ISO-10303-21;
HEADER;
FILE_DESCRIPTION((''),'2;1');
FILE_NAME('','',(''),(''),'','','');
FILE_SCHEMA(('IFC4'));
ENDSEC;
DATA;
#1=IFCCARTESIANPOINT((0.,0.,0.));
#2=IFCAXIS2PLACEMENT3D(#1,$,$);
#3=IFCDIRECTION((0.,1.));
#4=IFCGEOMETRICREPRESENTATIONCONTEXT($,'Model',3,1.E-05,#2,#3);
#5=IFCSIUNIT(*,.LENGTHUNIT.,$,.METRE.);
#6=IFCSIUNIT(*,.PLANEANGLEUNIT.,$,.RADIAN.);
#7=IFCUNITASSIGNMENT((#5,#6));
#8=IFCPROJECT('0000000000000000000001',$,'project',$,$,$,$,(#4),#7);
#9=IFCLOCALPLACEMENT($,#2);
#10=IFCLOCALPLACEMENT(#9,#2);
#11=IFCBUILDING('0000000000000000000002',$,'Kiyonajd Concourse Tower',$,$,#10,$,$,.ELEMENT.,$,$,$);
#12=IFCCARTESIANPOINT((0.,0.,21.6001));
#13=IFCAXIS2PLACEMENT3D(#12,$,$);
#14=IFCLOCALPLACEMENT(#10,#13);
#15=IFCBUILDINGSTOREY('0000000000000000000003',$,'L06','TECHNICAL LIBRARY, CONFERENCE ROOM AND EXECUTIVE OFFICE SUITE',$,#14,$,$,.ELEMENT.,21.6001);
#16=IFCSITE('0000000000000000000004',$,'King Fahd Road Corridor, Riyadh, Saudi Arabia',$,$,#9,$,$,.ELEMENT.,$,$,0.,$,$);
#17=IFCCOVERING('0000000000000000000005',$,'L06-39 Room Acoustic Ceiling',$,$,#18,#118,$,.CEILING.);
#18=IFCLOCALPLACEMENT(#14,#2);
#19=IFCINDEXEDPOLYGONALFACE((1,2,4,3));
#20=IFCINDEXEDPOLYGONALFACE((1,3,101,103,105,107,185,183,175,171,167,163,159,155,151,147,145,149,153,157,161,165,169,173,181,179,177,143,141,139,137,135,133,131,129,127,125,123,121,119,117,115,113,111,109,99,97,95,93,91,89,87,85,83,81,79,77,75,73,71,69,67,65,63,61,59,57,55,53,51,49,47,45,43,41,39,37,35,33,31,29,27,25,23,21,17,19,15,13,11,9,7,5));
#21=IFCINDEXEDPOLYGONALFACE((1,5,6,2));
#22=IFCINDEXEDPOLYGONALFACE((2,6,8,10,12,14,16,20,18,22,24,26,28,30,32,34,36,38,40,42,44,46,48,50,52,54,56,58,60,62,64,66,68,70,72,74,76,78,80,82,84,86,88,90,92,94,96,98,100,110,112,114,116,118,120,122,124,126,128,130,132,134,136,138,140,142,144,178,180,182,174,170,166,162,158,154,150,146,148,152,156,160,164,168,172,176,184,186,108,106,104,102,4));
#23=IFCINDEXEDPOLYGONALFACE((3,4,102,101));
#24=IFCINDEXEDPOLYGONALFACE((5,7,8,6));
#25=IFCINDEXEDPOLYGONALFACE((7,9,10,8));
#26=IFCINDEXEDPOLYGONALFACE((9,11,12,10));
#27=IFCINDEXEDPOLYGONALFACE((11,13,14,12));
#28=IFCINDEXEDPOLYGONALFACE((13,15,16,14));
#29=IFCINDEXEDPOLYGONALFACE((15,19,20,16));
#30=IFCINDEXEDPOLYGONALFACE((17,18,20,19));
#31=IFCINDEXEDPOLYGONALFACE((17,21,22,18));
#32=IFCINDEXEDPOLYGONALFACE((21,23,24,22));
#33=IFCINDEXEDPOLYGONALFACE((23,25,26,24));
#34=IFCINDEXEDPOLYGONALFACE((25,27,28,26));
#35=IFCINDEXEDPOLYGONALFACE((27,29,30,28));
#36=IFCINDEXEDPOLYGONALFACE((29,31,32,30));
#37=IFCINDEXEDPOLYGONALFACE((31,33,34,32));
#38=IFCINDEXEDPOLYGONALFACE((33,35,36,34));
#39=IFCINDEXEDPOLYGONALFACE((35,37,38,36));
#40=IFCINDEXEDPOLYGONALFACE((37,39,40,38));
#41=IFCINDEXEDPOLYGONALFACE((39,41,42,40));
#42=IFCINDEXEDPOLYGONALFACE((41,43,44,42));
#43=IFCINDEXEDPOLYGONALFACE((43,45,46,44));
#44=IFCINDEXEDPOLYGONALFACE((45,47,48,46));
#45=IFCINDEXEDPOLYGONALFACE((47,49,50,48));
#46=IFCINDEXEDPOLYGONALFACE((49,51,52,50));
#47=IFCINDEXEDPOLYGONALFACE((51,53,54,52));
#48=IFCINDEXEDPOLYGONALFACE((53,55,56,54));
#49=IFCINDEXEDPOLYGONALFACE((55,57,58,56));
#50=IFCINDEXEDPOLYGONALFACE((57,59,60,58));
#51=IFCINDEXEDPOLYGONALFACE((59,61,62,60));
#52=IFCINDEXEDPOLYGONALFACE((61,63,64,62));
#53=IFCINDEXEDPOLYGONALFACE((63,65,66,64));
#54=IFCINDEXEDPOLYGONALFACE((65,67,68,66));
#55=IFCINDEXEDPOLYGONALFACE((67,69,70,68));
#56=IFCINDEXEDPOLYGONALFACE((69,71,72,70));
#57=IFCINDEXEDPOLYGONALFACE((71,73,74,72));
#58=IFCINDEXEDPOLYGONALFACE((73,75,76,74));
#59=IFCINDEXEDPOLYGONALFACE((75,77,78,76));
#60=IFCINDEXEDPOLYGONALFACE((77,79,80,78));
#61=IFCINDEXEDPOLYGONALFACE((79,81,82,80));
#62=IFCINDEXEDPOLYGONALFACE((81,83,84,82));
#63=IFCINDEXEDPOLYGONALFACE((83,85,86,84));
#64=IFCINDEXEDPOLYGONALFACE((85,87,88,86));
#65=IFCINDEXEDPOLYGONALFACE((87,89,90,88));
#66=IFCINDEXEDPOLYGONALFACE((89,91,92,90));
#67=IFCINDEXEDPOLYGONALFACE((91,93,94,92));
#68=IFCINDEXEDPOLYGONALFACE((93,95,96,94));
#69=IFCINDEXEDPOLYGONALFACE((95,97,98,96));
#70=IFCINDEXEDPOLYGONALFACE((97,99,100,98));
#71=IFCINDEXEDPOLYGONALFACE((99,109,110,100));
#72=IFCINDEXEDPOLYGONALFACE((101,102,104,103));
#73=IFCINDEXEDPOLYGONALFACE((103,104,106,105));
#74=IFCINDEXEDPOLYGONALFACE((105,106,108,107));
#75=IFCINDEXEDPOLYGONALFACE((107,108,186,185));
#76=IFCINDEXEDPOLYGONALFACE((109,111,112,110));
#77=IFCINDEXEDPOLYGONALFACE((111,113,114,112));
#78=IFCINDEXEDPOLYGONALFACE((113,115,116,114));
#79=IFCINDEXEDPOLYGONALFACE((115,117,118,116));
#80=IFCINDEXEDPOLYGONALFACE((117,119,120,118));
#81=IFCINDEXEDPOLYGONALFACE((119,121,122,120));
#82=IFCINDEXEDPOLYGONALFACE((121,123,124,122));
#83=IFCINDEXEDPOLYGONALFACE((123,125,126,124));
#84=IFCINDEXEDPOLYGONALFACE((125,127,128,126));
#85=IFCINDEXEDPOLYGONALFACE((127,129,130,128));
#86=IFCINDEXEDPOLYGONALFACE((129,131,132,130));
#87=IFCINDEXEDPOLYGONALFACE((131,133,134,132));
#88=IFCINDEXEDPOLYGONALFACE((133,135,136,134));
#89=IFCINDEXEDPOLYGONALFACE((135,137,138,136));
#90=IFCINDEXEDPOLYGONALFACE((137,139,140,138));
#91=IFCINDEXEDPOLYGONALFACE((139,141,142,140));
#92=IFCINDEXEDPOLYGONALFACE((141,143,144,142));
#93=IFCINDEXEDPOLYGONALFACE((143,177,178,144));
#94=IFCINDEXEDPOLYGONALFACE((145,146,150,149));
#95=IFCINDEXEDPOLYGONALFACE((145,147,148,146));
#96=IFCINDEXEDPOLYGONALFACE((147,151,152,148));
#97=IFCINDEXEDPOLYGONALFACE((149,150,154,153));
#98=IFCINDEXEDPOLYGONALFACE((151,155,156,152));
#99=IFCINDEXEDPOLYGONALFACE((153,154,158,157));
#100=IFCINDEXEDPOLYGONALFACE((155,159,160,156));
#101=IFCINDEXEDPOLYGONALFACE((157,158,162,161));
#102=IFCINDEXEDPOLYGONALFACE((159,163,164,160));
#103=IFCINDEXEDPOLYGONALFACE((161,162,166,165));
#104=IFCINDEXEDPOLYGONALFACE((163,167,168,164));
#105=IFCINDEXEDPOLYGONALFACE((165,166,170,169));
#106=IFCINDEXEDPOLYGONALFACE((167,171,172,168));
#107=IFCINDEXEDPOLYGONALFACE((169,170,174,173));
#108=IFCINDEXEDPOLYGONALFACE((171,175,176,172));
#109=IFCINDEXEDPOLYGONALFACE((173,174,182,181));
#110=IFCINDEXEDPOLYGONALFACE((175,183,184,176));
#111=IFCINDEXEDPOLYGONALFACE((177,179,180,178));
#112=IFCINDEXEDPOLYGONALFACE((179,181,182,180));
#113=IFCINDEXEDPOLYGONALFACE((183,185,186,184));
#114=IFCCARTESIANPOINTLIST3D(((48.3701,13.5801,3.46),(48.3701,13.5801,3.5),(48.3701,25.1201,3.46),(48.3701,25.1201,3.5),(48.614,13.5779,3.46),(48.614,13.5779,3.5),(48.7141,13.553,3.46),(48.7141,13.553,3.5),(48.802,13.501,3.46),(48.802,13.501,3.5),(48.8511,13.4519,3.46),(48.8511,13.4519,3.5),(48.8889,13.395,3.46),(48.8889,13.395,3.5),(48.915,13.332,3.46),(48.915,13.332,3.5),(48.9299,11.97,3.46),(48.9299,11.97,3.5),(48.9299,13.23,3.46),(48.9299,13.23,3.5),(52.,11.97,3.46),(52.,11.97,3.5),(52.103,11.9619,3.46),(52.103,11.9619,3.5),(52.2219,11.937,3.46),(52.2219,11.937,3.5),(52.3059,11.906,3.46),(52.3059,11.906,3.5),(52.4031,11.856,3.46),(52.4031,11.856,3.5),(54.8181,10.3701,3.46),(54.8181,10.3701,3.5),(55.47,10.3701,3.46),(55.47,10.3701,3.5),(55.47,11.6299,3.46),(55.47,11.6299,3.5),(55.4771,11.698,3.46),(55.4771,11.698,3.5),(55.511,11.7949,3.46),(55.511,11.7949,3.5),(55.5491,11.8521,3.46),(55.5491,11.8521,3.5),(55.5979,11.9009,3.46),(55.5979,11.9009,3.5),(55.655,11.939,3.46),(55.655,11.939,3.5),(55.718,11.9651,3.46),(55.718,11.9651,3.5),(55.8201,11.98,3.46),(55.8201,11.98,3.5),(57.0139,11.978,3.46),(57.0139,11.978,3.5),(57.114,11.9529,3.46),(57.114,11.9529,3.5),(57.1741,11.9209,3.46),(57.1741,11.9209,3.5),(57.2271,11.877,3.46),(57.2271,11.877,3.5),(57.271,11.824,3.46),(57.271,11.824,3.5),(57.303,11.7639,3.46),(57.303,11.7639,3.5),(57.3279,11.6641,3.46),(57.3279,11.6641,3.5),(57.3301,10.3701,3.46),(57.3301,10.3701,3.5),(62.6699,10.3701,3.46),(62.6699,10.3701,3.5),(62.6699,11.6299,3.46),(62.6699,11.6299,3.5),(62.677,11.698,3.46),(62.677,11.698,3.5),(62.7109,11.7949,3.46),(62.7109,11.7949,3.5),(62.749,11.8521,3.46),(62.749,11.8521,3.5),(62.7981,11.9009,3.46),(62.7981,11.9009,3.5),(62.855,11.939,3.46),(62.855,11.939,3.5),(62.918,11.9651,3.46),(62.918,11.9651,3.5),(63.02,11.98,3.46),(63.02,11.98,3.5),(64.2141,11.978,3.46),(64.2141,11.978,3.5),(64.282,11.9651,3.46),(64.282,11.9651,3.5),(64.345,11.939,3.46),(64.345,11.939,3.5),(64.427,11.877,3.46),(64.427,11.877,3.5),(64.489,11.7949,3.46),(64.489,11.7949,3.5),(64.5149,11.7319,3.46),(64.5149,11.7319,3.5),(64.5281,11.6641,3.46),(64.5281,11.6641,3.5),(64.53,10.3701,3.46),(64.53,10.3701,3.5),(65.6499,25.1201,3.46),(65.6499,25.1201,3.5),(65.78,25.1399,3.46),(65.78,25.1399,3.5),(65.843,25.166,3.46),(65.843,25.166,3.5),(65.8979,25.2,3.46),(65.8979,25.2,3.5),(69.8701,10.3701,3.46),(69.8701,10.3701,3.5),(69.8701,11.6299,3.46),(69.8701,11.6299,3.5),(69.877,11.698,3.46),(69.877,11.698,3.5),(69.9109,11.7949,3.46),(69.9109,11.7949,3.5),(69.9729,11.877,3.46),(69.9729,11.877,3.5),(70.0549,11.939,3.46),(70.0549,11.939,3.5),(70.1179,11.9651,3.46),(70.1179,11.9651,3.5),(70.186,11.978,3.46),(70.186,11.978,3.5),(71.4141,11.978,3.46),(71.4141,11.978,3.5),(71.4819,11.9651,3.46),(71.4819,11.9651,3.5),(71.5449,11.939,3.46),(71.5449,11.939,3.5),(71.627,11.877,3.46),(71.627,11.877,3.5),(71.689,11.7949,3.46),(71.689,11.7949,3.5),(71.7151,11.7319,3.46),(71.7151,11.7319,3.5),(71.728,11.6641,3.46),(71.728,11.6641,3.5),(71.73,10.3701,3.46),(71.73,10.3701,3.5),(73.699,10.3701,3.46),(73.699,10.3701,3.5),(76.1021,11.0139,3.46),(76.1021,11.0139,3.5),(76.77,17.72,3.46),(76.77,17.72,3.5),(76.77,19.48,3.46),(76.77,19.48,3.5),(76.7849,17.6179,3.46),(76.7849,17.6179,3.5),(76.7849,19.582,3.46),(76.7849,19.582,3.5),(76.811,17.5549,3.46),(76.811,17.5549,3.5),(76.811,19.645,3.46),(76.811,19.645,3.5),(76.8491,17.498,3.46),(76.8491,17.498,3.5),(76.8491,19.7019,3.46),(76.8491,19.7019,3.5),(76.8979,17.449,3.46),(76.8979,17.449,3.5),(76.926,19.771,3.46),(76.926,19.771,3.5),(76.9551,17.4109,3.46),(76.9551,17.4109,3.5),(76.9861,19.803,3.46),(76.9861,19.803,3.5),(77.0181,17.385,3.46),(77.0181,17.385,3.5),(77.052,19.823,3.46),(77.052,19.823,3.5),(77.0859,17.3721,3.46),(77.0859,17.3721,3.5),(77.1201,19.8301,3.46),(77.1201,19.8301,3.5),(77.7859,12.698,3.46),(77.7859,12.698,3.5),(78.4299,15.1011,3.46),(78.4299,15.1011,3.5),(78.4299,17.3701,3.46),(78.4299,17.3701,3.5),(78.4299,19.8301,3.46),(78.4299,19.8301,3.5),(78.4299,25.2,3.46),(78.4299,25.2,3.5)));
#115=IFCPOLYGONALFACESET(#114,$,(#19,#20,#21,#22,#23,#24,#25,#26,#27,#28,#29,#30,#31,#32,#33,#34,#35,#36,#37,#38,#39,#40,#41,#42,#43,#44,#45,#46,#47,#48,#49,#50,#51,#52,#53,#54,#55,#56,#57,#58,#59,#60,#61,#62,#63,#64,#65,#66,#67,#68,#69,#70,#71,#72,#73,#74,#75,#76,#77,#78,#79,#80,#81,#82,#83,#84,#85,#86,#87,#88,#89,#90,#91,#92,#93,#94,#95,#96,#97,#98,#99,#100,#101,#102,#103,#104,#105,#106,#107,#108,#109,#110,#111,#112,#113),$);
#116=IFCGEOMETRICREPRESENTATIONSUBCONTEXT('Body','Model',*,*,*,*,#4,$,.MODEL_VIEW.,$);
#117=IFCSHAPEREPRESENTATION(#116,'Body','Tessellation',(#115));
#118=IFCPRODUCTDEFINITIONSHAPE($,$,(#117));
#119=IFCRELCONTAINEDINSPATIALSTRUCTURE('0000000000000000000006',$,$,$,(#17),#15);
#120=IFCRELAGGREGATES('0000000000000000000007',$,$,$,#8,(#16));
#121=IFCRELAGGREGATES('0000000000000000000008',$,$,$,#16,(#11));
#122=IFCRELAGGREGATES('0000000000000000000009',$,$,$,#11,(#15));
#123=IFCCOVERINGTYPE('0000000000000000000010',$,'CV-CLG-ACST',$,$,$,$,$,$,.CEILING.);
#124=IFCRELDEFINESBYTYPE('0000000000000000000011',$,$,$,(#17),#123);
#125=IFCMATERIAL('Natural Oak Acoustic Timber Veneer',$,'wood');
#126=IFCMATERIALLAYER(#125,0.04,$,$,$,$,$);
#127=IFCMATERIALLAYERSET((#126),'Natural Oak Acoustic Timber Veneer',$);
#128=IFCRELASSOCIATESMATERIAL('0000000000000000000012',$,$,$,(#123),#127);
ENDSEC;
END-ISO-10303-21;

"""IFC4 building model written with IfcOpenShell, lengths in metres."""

from ifc_helpers import new_model, si_unit, direction, frame, origin, place, context, subcontext, project, spatial, polyline, outline, extrude, material, layer, layer_set, type_object, element, save


model = new_model("IFC4")

# Units and contexts
model_context = context("Model", 3, precision=1e-05, world=origin(), true_north=direction((0.0, 1.0)))
body_context = subcontext(model_context, "Body", "Model", "MODEL_VIEW")
ifc_project = project(units=[si_unit("LENGTHUNIT", "METRE"), si_unit("PLANEANGLEUNIT", "RADIAN")], contexts=[model_context])

# Site, building, storey
site_placement = place(None, origin())
site = spatial("IfcSite", under=ifc_project, at=site_placement, Name="King Fahd Road Corridor, Riyadh, Saudi Arabia", CompositionType="ELEMENT", RefElevation=0.0)
building_placement = place(site_placement, origin())
building = spatial("IfcBuilding", under=site, at=building_placement, Name="Kiyonajd Concourse Tower", CompositionType="ELEMENT")
storey_placement = place(building_placement, frame((0.0, 0.0, 21.6001)))
storey = spatial("IfcBuildingStorey", under=building, at=storey_placement, Name="L06", Description="TECHNICAL LIBRARY, CONFERENCE ROOM AND EXECUTIVE OFFICE SUITE", CompositionType="ELEMENT", Elevation=21.6001)

# Covering
ifc_material_1 = material(Name="Natural Oak Acoustic Timber Veneer", Category="wood")
ifc_layer_1 = layer(ifc_material_1, 0.04)
ifc_layer_set_1 = layer_set([ifc_layer_1], Name="Natural Oak Acoustic Timber Veneer")
covering_type_1 = type_object("IfcCoveringType", Name="CV-CLG-ACST", PredefinedType="CEILING", material=ifc_layer_set_1)
covering_1_placement = place(storey_placement, frame((0.0, 0.0, 3.46)))
element("IfcCovering", 1, at=covering_1_placement, inside=storey, type_object=covering_type_1, Name="L06-39 Room Acoustic Ceiling", PredefinedType="CEILING", context=body_context, shape_type="SweptSolid", body=[
    extrude(outline(polyline([(65.8979, 25.2), (78.4299, 25.2), (78.4299, 19.8301), (77.1201, 19.8301), (77.052, 19.823), (76.9861, 19.803), (76.926, 19.771), (76.8491, 19.7019), (76.811, 19.645), (76.7849, 19.582), (76.77, 19.48), (76.77, 17.72), (76.7849, 17.6179), (76.811, 17.5549), (76.8491, 17.498), (76.8979, 17.449), (76.9551, 17.4109), (77.0181, 17.385), (77.0859, 17.3721), (78.4299, 17.3701), (78.4299, 15.1011), (77.7859, 12.698), (76.1021, 11.0139), (73.699, 10.3701), (71.73, 10.3701), (71.728, 11.6641), (71.7151, 11.7319), (71.689, 11.7949), (71.627, 11.877), (71.5449, 11.939), (71.4819, 11.9651), (71.4141, 11.978), (70.186, 11.978), (70.1179, 11.9651), (70.0549, 11.939), (69.9729, 11.877), (69.9109, 11.7949), (69.877, 11.698), (69.8701, 11.6299), (69.8701, 10.3701), (64.53, 10.3701), (64.5281, 11.6641), (64.5149, 11.7319), (64.489, 11.7949), (64.427, 11.877), (64.345, 11.939), (64.282, 11.9651), (64.2141, 11.978), (63.02, 11.98), (62.918, 11.9651), (62.855, 11.939), (62.7981, 11.9009), (62.749, 11.8521), (62.7109, 11.7949), (62.677, 11.698), (62.6699, 11.6299), (62.6699, 10.3701), (57.3301, 10.3701), (57.3279, 11.6641), (57.303, 11.7639), (57.271, 11.824), (57.2271, 11.877), (57.1741, 11.9209), (57.114, 11.9529), (57.0139, 11.978), (55.8201, 11.98), (55.718, 11.9651), (55.655, 11.939), (55.5979, 11.9009), (55.5491, 11.8521), (55.511, 11.7949), (55.4771, 11.698), (55.47, 11.6299), (55.47, 10.3701), (54.8181, 10.3701), (52.4031, 11.856), (52.3059, 11.906), (52.2219, 11.937), (52.103, 11.9619), (52.0, 11.97), (48.9299, 11.97), (48.9299, 13.23), (48.915, 13.332), (48.8889, 13.395), (48.8511, 13.4519), (48.802, 13.501), (48.7141, 13.553), (48.614, 13.5779), (48.3701, 13.5801), (48.3701, 25.1201), (65.6499, 25.1201), (65.78, 25.1399), (65.843, 25.166), (65.8979, 25.2)])), origin(), (0.0, 0.0, 1.0), 0.04),
])

save(model, "model.ifc")
